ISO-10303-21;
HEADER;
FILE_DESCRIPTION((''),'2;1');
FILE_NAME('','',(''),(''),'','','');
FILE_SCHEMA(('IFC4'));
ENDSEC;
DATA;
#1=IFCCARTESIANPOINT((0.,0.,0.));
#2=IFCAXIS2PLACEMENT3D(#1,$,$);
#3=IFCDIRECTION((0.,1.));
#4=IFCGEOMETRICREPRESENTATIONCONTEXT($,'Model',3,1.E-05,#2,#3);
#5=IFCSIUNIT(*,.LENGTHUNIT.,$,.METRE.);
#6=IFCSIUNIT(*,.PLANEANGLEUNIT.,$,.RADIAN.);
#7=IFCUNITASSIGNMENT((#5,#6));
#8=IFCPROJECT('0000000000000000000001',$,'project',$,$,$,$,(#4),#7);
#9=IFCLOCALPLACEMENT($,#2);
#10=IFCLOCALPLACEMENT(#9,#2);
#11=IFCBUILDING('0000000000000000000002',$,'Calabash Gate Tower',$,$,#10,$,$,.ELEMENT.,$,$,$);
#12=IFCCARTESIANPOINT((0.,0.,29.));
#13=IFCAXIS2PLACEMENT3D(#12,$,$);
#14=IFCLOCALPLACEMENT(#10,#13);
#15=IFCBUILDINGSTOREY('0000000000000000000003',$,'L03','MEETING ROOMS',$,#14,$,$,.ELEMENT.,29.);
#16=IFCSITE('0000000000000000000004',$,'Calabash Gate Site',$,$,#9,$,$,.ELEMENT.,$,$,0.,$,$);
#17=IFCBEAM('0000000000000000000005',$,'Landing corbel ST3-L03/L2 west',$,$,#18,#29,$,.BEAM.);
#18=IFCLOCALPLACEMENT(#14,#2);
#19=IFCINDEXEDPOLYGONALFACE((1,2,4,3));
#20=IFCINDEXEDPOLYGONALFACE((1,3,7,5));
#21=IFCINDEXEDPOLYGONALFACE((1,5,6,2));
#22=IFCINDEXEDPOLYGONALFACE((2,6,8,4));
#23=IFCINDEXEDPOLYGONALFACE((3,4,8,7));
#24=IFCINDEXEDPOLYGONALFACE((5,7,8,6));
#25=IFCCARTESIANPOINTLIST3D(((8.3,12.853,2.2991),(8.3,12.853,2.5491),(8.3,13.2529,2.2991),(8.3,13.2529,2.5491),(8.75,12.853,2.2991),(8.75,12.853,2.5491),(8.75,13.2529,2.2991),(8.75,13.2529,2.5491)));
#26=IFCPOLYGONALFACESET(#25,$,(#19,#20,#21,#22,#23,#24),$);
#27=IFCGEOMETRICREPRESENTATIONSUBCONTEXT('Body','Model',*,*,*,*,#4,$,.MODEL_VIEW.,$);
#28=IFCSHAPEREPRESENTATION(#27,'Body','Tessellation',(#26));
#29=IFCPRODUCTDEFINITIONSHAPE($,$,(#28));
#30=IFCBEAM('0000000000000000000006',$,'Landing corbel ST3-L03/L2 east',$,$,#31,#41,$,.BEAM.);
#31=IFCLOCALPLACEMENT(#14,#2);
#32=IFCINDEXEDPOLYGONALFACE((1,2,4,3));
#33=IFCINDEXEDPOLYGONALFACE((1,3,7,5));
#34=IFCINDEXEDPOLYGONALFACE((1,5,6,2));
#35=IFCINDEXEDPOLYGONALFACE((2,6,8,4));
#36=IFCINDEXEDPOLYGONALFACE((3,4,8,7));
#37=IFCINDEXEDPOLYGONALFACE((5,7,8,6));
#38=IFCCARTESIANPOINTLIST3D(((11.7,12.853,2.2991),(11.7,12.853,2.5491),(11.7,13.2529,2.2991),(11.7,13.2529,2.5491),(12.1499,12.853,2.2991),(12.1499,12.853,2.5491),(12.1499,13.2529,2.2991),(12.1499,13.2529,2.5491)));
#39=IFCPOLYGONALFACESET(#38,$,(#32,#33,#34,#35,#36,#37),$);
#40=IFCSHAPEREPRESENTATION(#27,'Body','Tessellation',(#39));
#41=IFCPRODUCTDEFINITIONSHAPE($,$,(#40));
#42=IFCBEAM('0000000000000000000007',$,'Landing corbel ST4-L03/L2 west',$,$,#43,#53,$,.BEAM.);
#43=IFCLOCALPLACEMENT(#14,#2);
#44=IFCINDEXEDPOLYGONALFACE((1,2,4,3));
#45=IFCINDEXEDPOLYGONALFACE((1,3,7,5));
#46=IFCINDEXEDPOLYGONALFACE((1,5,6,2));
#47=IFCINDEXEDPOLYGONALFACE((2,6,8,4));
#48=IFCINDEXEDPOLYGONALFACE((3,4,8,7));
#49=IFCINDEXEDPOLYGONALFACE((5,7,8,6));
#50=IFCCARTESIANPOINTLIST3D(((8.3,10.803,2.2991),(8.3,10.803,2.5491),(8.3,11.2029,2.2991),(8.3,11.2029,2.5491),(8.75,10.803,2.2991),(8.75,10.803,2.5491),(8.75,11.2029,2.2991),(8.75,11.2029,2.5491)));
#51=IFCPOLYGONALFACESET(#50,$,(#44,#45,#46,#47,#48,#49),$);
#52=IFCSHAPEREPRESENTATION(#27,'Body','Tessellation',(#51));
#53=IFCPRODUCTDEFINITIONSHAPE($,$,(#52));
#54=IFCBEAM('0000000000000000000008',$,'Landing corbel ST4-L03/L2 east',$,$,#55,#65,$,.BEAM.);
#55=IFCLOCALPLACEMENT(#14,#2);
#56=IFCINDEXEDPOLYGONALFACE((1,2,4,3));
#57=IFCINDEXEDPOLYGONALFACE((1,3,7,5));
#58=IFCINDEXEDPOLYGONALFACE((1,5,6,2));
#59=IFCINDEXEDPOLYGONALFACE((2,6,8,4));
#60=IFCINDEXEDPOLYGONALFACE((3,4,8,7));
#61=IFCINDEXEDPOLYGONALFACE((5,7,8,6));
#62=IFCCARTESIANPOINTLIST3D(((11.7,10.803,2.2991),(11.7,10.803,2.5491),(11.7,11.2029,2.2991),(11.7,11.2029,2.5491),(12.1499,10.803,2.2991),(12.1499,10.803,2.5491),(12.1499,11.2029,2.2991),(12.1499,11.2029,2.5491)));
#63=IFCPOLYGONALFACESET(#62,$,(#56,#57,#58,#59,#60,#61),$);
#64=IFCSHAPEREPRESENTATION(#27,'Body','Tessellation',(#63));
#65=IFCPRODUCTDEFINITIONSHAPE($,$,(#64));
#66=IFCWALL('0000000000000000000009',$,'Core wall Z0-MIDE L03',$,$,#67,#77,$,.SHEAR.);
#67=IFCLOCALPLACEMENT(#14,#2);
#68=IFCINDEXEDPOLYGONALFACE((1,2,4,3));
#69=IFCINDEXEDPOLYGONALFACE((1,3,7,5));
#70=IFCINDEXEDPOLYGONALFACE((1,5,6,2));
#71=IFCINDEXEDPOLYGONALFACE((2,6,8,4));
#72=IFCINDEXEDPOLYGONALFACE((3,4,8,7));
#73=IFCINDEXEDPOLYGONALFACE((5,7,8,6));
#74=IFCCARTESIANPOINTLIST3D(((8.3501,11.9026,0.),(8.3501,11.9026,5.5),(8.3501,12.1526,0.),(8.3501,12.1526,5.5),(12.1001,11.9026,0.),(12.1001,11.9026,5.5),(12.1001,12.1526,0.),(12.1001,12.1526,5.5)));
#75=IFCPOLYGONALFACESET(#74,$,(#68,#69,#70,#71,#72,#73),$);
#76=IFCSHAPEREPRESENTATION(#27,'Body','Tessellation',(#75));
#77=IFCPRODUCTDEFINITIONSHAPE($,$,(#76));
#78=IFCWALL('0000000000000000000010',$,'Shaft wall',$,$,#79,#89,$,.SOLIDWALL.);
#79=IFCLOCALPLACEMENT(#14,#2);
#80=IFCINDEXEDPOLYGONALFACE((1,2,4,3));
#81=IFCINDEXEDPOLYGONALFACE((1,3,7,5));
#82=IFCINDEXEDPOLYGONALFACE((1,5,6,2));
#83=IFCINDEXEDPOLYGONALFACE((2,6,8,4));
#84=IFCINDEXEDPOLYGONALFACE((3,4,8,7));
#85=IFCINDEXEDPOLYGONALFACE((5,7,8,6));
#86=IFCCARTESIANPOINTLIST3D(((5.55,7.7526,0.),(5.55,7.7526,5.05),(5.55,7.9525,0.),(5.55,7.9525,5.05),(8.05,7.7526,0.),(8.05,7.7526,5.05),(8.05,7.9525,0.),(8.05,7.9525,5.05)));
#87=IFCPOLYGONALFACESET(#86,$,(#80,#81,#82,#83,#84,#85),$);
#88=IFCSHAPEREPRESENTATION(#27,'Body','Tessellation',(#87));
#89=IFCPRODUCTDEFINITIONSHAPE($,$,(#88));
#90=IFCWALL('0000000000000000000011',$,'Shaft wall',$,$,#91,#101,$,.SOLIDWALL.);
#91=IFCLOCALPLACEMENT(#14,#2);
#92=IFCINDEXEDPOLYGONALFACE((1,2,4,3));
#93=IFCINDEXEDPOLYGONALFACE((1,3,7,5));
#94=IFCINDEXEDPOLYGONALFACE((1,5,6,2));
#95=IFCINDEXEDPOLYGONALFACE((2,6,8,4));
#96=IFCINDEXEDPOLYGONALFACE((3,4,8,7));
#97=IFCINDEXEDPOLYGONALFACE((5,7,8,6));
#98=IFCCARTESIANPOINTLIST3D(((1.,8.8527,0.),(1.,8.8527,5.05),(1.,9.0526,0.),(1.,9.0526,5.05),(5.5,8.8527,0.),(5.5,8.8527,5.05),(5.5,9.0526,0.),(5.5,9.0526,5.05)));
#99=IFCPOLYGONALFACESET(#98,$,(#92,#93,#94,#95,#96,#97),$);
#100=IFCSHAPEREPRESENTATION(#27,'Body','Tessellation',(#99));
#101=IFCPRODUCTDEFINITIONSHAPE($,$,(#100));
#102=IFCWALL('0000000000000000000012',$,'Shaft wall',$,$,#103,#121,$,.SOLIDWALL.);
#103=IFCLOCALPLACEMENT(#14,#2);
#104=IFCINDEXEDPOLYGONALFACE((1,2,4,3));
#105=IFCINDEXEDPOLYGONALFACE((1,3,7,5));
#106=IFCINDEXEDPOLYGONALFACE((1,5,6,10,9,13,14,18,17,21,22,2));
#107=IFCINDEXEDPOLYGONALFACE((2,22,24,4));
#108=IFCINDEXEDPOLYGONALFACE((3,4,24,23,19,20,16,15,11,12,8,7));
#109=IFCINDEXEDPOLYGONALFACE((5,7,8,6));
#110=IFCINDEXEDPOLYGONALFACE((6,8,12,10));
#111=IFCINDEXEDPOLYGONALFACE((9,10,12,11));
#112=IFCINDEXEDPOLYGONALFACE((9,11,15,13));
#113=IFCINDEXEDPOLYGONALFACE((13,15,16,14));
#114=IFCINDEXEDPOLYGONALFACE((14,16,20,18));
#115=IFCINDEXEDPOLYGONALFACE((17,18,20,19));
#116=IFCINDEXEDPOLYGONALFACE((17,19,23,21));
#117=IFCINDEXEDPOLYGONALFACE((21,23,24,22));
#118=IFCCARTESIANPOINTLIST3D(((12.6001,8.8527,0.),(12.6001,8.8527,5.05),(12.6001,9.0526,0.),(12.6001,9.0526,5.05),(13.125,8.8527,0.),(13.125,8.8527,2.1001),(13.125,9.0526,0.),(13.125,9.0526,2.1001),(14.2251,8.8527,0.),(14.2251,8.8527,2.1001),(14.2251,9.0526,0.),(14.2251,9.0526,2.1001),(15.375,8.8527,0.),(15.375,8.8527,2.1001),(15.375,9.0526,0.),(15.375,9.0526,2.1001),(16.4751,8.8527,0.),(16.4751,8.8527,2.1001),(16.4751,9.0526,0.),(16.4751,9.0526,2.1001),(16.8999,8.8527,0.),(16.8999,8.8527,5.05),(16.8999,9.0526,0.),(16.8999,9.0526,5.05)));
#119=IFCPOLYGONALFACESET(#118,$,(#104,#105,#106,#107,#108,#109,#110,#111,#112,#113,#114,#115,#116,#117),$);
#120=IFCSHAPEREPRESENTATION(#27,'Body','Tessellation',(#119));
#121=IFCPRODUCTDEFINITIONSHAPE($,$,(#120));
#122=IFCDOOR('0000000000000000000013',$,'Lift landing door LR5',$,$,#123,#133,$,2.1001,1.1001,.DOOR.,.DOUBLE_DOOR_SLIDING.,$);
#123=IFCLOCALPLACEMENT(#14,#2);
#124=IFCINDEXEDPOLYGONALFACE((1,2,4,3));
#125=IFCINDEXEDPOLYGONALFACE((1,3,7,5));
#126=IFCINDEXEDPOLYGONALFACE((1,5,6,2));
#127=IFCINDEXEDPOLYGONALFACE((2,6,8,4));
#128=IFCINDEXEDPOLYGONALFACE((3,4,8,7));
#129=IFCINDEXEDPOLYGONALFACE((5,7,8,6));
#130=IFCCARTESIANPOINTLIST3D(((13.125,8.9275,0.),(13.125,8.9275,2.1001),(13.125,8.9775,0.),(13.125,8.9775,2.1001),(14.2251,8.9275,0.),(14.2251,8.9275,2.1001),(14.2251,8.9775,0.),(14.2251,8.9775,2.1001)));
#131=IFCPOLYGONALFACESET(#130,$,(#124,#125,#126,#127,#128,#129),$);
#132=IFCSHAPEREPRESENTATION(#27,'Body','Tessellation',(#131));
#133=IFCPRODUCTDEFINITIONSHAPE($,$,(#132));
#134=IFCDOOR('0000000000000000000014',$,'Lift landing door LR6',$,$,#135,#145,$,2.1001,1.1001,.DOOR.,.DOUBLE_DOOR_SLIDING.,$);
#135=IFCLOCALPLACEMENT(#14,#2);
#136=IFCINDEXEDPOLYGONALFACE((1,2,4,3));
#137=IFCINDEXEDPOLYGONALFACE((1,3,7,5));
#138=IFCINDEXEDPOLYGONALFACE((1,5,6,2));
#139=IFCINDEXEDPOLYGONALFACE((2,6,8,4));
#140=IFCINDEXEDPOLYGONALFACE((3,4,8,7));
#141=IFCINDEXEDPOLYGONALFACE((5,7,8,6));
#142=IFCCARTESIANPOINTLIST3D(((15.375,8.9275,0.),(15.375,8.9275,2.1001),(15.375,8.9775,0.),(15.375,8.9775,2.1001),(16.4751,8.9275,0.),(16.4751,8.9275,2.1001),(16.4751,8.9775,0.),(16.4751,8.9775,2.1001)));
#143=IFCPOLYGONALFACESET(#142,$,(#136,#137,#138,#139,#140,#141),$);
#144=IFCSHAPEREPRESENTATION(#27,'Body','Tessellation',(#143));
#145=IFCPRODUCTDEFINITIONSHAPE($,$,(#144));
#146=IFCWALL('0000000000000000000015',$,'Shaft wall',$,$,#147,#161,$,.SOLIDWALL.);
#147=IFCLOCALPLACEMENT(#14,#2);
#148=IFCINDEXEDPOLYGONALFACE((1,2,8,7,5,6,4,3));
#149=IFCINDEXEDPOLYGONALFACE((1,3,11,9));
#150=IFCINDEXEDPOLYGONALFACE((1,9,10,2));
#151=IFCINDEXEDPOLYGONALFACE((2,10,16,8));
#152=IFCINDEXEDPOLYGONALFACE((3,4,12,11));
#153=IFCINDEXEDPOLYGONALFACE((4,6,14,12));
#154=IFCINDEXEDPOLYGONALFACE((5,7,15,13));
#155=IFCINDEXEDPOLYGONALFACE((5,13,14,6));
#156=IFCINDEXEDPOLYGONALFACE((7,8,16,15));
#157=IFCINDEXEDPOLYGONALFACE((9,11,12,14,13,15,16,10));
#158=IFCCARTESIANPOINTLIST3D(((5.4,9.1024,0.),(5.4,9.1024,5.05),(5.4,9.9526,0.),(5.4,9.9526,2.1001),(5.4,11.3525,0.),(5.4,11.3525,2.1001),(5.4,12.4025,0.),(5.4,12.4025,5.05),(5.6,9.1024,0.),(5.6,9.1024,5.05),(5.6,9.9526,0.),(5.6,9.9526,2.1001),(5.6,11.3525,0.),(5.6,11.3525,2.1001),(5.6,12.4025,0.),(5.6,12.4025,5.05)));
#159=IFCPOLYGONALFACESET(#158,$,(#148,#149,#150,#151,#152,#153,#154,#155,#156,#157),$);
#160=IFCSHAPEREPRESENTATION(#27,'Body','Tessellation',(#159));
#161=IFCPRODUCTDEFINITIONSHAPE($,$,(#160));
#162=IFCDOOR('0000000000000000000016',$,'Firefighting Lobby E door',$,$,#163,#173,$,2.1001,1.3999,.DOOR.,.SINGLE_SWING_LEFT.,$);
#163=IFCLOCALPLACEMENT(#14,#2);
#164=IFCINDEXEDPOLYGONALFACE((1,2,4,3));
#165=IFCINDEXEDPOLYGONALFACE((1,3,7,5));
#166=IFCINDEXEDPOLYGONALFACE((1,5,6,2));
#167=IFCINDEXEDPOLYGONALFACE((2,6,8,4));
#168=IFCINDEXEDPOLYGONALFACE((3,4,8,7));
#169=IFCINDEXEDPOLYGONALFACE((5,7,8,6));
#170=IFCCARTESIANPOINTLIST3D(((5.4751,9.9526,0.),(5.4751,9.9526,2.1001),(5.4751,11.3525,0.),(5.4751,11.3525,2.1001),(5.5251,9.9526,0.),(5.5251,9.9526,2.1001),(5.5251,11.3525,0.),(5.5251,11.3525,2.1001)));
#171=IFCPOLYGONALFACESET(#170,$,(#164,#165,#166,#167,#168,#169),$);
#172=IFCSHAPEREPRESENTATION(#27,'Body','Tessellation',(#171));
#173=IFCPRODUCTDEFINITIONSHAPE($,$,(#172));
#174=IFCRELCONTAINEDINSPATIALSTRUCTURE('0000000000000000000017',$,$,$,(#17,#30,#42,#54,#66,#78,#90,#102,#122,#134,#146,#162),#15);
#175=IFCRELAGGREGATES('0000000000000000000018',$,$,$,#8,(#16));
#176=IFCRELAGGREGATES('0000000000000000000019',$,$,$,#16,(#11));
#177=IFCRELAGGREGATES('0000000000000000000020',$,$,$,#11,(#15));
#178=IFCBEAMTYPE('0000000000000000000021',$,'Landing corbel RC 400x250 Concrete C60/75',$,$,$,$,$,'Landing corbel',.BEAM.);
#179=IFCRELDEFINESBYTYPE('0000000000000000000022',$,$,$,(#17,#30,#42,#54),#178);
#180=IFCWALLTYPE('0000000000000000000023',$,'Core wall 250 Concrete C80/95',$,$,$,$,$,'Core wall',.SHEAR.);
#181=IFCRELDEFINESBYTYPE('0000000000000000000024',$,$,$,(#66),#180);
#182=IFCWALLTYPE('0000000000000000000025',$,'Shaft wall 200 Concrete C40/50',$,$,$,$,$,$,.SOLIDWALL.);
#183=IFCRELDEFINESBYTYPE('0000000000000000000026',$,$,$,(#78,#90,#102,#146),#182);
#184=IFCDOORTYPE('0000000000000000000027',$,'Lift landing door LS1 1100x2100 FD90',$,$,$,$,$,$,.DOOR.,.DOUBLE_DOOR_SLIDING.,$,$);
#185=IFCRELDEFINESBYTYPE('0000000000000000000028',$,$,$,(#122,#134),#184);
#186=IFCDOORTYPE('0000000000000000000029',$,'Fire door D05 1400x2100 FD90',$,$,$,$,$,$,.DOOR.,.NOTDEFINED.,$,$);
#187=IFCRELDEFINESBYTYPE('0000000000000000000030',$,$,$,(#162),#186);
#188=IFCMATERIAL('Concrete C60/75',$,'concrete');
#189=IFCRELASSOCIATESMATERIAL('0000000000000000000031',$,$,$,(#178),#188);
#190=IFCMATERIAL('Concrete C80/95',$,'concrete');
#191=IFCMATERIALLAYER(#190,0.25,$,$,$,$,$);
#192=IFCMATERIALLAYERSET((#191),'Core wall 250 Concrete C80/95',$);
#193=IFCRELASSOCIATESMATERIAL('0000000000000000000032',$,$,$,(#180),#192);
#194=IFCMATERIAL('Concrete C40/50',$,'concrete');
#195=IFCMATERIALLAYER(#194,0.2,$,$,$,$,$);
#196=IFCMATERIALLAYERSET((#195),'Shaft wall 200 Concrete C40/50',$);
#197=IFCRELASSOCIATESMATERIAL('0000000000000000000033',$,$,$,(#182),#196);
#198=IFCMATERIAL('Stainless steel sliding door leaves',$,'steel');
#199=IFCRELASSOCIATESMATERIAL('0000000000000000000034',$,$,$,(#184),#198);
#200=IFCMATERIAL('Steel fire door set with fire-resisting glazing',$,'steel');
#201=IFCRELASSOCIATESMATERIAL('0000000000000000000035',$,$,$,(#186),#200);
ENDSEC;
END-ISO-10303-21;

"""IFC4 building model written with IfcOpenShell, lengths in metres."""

from ifc_helpers import new_model, si_unit, direction, frame, frame_2d, origin, origin_2d, place, context, subcontext, project, spatial, rectangle, extrude, material, layer, layer_set, material_profile, profile_set, type_object, element, fill, save


model = new_model("IFC4")

# Units and contexts
model_context = context("Model", 3, precision=1e-05, world=origin(), true_north=direction((0.0, 1.0)))
body_context = subcontext(model_context, "Body", "Model", "MODEL_VIEW")
ifc_project = project(units=[si_unit("LENGTHUNIT", "METRE"), si_unit("PLANEANGLEUNIT", "RADIAN")], contexts=[model_context])

# Site, building, storey
site_placement = place(None, origin())
site = spatial("IfcSite", under=ifc_project, at=site_placement, Name="Calabash Gate Site", CompositionType="ELEMENT", RefElevation=0.0)
building_placement = place(site_placement, origin())
building = spatial("IfcBuilding", under=site, at=building_placement, Name="Calabash Gate Tower", CompositionType="ELEMENT")
storey_placement = place(building_placement, frame((0.0, 0.0, 29.0)))
storey = spatial("IfcBuildingStorey", under=building, at=storey_placement, Name="L03", Description="MEETING ROOMS", CompositionType="ELEMENT", Elevation=29.0)

# Beams
ifc_material_1 = material(Name="Concrete C60/75", Category="concrete")
ifc_material_profile = material_profile(ifc_material_1, rectangle(XDim=0.3999, YDim=0.25, at=origin_2d()))
ifc_profile_set = profile_set([ifc_material_profile], Name="Concrete C60/75")
beam_type = type_object("IfcBeamType", Name="Landing corbel RC 400x250 Concrete C60/75", ElementType="Landing corbel", PredefinedType="BEAM", material=ifc_profile_set)
for number, where, z_axis, x_axis, name in (
    (1, (8.3, 13.053, 2.4241), (1.0, 0.0, 0.0), (0.0, 1.0, 0.0), "Landing corbel ST3-L03/L2 west"),
    (2, (12.1499, 13.053, 2.4241), (-1.0, 0.0, 0.0), (0.0, -1.0, 0.0), "Landing corbel ST3-L03/L2 east"),
    (3, (8.3, 11.0029, 2.4241), (1.0, 0.0, 0.0), (0.0, 1.0, 0.0), "Landing corbel ST4-L03/L2 west"),
    (4, (12.1499, 11.0029, 2.4241), (-1.0, 0.0, 0.0), (0.0, -1.0, 0.0), "Landing corbel ST4-L03/L2 east"),
):
    element("IfcBeam", number, at=place(storey_placement, frame(where, z_axis=z_axis, x_axis=x_axis)), inside=storey, type_object=beam_type, Name=name, PredefinedType="BEAM", context=body_context, shape_type="SweptSolid", body=[
        extrude(rectangle(XDim=0.3999, YDim=0.25, at=origin_2d()), origin(), (0.0, 0.0, 1.0), 0.45),
    ])

# Walls
ifc_material_2 = material(Name="Concrete C80/95", Category="concrete")
ifc_layer_1 = layer(ifc_material_2, 0.25)
ifc_layer_set_1 = layer_set([ifc_layer_1], Name="Core wall 250 Concrete C80/95")
wall_type_1 = type_object("IfcWallType", Name="Core wall 250 Concrete C80/95", ElementType="Core wall", PredefinedType="SHEAR", material=ifc_layer_set_1)
wall_1_placement = place(storey_placement, frame((8.3501, 12.0276, 0.0), z_axis=(0.0, 0.0, 1.0), x_axis=(1.0, 0.0, 0.0)))
element("IfcWall", 5, at=wall_1_placement, inside=storey, type_object=wall_type_1, Name="Core wall Z0-MIDE L03", PredefinedType="SHEAR", context=body_context, shape_type="SweptSolid", body=[
    extrude(rectangle(XDim=3.75, YDim=0.25, at=frame_2d((1.875, 0.0))), origin(), (0.0, 0.0, 1.0), 5.5),
])
ifc_material_3 = material(Name="Concrete C40/50", Category="concrete")
ifc_layer_2 = layer(ifc_material_3, 0.2)
ifc_layer_set_2 = layer_set([ifc_layer_2], Name="Shaft wall 200 Concrete C40/50")
wall_type_2 = type_object("IfcWallType", Name="Shaft wall 200 Concrete C40/50", PredefinedType="SOLIDWALL", material=ifc_layer_set_2)
wall_2_placement = place(storey_placement, frame((5.55, 7.8525, 0.0), z_axis=(0.0, 0.0, 1.0), x_axis=(1.0, 0.0, 0.0)))
element("IfcWall", 6, at=wall_2_placement, inside=storey, type_object=wall_type_2, Name="Shaft wall", PredefinedType="SOLIDWALL", context=body_context, shape_type="SweptSolid", body=[
    extrude(rectangle(XDim=2.5, YDim=0.2, at=frame_2d((1.25, 0.0))), origin(), (0.0, 0.0, 1.0), 5.05),
])
wall_3_placement = place(storey_placement, frame((1.0, 8.9526, 0.0), z_axis=(0.0, 0.0, 1.0), x_axis=(1.0, 0.0, 0.0)))
element("IfcWall", 7, at=wall_3_placement, inside=storey, type_object=wall_type_2, Name="Shaft wall", PredefinedType="SOLIDWALL", context=body_context, shape_type="SweptSolid", body=[
    extrude(rectangle(XDim=4.5, YDim=0.2, at=frame_2d((2.25, 0.0))), origin(), (0.0, 0.0, 1.0), 5.05),
])

# Wall, openings, doors
wall_4_placement = place(storey_placement, frame((12.6001, 8.9526, 0.0), z_axis=(0.0, 0.0, 1.0), x_axis=(1.0, 0.0, 0.0)))
wall_4 = element("IfcWall", 8, at=wall_4_placement, inside=storey, type_object=wall_type_2, Name="Shaft wall", PredefinedType="SOLIDWALL", context=body_context, shape_type="SweptSolid", body=[
    extrude(rectangle(XDim=4.2998, YDim=0.2, at=frame_2d((2.1499, 0.0))), origin(), (0.0, 0.0, 1.0), 5.05),
])
opening_1_placement = place(wall_4_placement, frame((0.5249, 0.0, 0.0)))
opening_1 = element("IfcOpeningElement", 9, at=opening_1_placement, cuts=wall_4, PredefinedType="OPENING", context=body_context, shape_type="SweptSolid", body=[
    extrude(rectangle(XDim=1.1001, YDim=2.1001, at=frame_2d((0.55, 1.05))), frame((0.0, 0.1099, 0.0), z_axis=(0.0, -1.0, 0.0), x_axis=(1.0, 0.0, 0.0)), (0.0, 0.0, 1.0), 0.22),
])
opening_2_placement = place(wall_4_placement, frame((2.7749, 0.0, 0.0)))
opening_2 = element("IfcOpeningElement", 10, at=opening_2_placement, cuts=wall_4, PredefinedType="OPENING", context=body_context, shape_type="SweptSolid", body=[
    extrude(rectangle(XDim=1.1001, YDim=2.1001, at=frame_2d((0.55, 1.05))), frame((0.0, 0.1099, 0.0), z_axis=(0.0, -1.0, 0.0), x_axis=(1.0, 0.0, 0.0)), (0.0, 0.0, 1.0), 0.22),
])
ifc_material_4 = material(Name="Stainless steel sliding door leaves", Category="steel")
door_type_1 = type_object("IfcDoorType", Name="Lift landing door LS1 1100x2100 FD90", OperationType="DOUBLE_DOOR_SLIDING", PredefinedType="DOOR", material=ifc_material_4)
door_1_placement = place(opening_1_placement, origin())
door_1 = element("IfcDoor", 11, at=door_1_placement, inside=storey, type_object=door_type_1, Name="Lift landing door LR5", OperationType="DOUBLE_DOOR_SLIDING", OverallHeight=2.1001, OverallWidth=1.1001, PredefinedType="DOOR", context=body_context, shape_type="SweptSolid", body=[
    extrude(rectangle(XDim=1.1001, YDim=2.1001, at=frame_2d((0.55, 1.05))), frame((0.0, 0.0249, 0.0), z_axis=(0.0, -1.0, 0.0), x_axis=(1.0, 0.0, 0.0)), (0.0, 0.0, 1.0), 0.05),
])
fill(opening_1, door_1)
door_2_placement = place(opening_2_placement, origin())
door_2 = element("IfcDoor", 12, at=door_2_placement, inside=storey, type_object=door_type_1, Name="Lift landing door LR6", OperationType="DOUBLE_DOOR_SLIDING", OverallHeight=2.1001, OverallWidth=1.1001, PredefinedType="DOOR", context=body_context, shape_type="SweptSolid", body=[
    extrude(rectangle(XDim=1.1001, YDim=2.1001, at=frame_2d((0.55, 1.05))), frame((0.0, 0.0249, 0.0), z_axis=(0.0, -1.0, 0.0), x_axis=(1.0, 0.0, 0.0)), (0.0, 0.0, 1.0), 0.05),
])
fill(opening_2, door_2)

# Wall, opening, door
wall_5_placement = place(storey_placement, frame((5.5, 9.1025, 0.0), z_axis=(0.0, 0.0, 1.0), x_axis=(0.0, 1.0, 0.0)))
wall_5 = element("IfcWall", 13, at=wall_5_placement, inside=storey, type_object=wall_type_2, Name="Shaft wall", PredefinedType="SOLIDWALL", context=body_context, shape_type="SweptSolid", body=[
    extrude(rectangle(XDim=3.3, YDim=0.2, at=frame_2d((1.6499, 0.0))), origin(), (0.0, 0.0, 1.0), 5.05),
])
opening_3_placement = place(wall_5_placement, frame((0.8501, 0.0, 0.0)))
opening_3 = element("IfcOpeningElement", 14, at=opening_3_placement, cuts=wall_5, PredefinedType="OPENING", context=body_context, shape_type="SweptSolid", body=[
    extrude(rectangle(XDim=1.3999, YDim=2.1001, at=frame_2d((0.7, 1.05))), frame((0.0, 0.1099, 0.0), z_axis=(0.0, -1.0, 0.0), x_axis=(1.0, 0.0, 0.0)), (0.0, 0.0, 1.0), 0.22),
])
ifc_material_5 = material(Name="Steel fire door set with fire-resisting glazing", Category="steel")
door_type_2 = type_object("IfcDoorType", Name="Fire door D05 1400x2100 FD90", OperationType="NOTDEFINED", PredefinedType="DOOR", material=ifc_material_5)
door_3_placement = place(opening_3_placement, origin())
door_3 = element("IfcDoor", 15, at=door_3_placement, inside=storey, type_object=door_type_2, Name="Firefighting Lobby E door", OperationType="SINGLE_SWING_LEFT", OverallHeight=2.1001, OverallWidth=1.3999, PredefinedType="DOOR", context=body_context, shape_type="SweptSolid", body=[
    extrude(rectangle(XDim=1.3999, YDim=2.1001, at=frame_2d((0.7, 1.05))), frame((0.0, 0.0249, 0.0), z_axis=(0.0, -1.0, 0.0), x_axis=(1.0, 0.0, 0.0)), (0.0, 0.0, 1.0), 0.05),
])
fill(opening_3, door_3)

save(model, "model.ifc")
